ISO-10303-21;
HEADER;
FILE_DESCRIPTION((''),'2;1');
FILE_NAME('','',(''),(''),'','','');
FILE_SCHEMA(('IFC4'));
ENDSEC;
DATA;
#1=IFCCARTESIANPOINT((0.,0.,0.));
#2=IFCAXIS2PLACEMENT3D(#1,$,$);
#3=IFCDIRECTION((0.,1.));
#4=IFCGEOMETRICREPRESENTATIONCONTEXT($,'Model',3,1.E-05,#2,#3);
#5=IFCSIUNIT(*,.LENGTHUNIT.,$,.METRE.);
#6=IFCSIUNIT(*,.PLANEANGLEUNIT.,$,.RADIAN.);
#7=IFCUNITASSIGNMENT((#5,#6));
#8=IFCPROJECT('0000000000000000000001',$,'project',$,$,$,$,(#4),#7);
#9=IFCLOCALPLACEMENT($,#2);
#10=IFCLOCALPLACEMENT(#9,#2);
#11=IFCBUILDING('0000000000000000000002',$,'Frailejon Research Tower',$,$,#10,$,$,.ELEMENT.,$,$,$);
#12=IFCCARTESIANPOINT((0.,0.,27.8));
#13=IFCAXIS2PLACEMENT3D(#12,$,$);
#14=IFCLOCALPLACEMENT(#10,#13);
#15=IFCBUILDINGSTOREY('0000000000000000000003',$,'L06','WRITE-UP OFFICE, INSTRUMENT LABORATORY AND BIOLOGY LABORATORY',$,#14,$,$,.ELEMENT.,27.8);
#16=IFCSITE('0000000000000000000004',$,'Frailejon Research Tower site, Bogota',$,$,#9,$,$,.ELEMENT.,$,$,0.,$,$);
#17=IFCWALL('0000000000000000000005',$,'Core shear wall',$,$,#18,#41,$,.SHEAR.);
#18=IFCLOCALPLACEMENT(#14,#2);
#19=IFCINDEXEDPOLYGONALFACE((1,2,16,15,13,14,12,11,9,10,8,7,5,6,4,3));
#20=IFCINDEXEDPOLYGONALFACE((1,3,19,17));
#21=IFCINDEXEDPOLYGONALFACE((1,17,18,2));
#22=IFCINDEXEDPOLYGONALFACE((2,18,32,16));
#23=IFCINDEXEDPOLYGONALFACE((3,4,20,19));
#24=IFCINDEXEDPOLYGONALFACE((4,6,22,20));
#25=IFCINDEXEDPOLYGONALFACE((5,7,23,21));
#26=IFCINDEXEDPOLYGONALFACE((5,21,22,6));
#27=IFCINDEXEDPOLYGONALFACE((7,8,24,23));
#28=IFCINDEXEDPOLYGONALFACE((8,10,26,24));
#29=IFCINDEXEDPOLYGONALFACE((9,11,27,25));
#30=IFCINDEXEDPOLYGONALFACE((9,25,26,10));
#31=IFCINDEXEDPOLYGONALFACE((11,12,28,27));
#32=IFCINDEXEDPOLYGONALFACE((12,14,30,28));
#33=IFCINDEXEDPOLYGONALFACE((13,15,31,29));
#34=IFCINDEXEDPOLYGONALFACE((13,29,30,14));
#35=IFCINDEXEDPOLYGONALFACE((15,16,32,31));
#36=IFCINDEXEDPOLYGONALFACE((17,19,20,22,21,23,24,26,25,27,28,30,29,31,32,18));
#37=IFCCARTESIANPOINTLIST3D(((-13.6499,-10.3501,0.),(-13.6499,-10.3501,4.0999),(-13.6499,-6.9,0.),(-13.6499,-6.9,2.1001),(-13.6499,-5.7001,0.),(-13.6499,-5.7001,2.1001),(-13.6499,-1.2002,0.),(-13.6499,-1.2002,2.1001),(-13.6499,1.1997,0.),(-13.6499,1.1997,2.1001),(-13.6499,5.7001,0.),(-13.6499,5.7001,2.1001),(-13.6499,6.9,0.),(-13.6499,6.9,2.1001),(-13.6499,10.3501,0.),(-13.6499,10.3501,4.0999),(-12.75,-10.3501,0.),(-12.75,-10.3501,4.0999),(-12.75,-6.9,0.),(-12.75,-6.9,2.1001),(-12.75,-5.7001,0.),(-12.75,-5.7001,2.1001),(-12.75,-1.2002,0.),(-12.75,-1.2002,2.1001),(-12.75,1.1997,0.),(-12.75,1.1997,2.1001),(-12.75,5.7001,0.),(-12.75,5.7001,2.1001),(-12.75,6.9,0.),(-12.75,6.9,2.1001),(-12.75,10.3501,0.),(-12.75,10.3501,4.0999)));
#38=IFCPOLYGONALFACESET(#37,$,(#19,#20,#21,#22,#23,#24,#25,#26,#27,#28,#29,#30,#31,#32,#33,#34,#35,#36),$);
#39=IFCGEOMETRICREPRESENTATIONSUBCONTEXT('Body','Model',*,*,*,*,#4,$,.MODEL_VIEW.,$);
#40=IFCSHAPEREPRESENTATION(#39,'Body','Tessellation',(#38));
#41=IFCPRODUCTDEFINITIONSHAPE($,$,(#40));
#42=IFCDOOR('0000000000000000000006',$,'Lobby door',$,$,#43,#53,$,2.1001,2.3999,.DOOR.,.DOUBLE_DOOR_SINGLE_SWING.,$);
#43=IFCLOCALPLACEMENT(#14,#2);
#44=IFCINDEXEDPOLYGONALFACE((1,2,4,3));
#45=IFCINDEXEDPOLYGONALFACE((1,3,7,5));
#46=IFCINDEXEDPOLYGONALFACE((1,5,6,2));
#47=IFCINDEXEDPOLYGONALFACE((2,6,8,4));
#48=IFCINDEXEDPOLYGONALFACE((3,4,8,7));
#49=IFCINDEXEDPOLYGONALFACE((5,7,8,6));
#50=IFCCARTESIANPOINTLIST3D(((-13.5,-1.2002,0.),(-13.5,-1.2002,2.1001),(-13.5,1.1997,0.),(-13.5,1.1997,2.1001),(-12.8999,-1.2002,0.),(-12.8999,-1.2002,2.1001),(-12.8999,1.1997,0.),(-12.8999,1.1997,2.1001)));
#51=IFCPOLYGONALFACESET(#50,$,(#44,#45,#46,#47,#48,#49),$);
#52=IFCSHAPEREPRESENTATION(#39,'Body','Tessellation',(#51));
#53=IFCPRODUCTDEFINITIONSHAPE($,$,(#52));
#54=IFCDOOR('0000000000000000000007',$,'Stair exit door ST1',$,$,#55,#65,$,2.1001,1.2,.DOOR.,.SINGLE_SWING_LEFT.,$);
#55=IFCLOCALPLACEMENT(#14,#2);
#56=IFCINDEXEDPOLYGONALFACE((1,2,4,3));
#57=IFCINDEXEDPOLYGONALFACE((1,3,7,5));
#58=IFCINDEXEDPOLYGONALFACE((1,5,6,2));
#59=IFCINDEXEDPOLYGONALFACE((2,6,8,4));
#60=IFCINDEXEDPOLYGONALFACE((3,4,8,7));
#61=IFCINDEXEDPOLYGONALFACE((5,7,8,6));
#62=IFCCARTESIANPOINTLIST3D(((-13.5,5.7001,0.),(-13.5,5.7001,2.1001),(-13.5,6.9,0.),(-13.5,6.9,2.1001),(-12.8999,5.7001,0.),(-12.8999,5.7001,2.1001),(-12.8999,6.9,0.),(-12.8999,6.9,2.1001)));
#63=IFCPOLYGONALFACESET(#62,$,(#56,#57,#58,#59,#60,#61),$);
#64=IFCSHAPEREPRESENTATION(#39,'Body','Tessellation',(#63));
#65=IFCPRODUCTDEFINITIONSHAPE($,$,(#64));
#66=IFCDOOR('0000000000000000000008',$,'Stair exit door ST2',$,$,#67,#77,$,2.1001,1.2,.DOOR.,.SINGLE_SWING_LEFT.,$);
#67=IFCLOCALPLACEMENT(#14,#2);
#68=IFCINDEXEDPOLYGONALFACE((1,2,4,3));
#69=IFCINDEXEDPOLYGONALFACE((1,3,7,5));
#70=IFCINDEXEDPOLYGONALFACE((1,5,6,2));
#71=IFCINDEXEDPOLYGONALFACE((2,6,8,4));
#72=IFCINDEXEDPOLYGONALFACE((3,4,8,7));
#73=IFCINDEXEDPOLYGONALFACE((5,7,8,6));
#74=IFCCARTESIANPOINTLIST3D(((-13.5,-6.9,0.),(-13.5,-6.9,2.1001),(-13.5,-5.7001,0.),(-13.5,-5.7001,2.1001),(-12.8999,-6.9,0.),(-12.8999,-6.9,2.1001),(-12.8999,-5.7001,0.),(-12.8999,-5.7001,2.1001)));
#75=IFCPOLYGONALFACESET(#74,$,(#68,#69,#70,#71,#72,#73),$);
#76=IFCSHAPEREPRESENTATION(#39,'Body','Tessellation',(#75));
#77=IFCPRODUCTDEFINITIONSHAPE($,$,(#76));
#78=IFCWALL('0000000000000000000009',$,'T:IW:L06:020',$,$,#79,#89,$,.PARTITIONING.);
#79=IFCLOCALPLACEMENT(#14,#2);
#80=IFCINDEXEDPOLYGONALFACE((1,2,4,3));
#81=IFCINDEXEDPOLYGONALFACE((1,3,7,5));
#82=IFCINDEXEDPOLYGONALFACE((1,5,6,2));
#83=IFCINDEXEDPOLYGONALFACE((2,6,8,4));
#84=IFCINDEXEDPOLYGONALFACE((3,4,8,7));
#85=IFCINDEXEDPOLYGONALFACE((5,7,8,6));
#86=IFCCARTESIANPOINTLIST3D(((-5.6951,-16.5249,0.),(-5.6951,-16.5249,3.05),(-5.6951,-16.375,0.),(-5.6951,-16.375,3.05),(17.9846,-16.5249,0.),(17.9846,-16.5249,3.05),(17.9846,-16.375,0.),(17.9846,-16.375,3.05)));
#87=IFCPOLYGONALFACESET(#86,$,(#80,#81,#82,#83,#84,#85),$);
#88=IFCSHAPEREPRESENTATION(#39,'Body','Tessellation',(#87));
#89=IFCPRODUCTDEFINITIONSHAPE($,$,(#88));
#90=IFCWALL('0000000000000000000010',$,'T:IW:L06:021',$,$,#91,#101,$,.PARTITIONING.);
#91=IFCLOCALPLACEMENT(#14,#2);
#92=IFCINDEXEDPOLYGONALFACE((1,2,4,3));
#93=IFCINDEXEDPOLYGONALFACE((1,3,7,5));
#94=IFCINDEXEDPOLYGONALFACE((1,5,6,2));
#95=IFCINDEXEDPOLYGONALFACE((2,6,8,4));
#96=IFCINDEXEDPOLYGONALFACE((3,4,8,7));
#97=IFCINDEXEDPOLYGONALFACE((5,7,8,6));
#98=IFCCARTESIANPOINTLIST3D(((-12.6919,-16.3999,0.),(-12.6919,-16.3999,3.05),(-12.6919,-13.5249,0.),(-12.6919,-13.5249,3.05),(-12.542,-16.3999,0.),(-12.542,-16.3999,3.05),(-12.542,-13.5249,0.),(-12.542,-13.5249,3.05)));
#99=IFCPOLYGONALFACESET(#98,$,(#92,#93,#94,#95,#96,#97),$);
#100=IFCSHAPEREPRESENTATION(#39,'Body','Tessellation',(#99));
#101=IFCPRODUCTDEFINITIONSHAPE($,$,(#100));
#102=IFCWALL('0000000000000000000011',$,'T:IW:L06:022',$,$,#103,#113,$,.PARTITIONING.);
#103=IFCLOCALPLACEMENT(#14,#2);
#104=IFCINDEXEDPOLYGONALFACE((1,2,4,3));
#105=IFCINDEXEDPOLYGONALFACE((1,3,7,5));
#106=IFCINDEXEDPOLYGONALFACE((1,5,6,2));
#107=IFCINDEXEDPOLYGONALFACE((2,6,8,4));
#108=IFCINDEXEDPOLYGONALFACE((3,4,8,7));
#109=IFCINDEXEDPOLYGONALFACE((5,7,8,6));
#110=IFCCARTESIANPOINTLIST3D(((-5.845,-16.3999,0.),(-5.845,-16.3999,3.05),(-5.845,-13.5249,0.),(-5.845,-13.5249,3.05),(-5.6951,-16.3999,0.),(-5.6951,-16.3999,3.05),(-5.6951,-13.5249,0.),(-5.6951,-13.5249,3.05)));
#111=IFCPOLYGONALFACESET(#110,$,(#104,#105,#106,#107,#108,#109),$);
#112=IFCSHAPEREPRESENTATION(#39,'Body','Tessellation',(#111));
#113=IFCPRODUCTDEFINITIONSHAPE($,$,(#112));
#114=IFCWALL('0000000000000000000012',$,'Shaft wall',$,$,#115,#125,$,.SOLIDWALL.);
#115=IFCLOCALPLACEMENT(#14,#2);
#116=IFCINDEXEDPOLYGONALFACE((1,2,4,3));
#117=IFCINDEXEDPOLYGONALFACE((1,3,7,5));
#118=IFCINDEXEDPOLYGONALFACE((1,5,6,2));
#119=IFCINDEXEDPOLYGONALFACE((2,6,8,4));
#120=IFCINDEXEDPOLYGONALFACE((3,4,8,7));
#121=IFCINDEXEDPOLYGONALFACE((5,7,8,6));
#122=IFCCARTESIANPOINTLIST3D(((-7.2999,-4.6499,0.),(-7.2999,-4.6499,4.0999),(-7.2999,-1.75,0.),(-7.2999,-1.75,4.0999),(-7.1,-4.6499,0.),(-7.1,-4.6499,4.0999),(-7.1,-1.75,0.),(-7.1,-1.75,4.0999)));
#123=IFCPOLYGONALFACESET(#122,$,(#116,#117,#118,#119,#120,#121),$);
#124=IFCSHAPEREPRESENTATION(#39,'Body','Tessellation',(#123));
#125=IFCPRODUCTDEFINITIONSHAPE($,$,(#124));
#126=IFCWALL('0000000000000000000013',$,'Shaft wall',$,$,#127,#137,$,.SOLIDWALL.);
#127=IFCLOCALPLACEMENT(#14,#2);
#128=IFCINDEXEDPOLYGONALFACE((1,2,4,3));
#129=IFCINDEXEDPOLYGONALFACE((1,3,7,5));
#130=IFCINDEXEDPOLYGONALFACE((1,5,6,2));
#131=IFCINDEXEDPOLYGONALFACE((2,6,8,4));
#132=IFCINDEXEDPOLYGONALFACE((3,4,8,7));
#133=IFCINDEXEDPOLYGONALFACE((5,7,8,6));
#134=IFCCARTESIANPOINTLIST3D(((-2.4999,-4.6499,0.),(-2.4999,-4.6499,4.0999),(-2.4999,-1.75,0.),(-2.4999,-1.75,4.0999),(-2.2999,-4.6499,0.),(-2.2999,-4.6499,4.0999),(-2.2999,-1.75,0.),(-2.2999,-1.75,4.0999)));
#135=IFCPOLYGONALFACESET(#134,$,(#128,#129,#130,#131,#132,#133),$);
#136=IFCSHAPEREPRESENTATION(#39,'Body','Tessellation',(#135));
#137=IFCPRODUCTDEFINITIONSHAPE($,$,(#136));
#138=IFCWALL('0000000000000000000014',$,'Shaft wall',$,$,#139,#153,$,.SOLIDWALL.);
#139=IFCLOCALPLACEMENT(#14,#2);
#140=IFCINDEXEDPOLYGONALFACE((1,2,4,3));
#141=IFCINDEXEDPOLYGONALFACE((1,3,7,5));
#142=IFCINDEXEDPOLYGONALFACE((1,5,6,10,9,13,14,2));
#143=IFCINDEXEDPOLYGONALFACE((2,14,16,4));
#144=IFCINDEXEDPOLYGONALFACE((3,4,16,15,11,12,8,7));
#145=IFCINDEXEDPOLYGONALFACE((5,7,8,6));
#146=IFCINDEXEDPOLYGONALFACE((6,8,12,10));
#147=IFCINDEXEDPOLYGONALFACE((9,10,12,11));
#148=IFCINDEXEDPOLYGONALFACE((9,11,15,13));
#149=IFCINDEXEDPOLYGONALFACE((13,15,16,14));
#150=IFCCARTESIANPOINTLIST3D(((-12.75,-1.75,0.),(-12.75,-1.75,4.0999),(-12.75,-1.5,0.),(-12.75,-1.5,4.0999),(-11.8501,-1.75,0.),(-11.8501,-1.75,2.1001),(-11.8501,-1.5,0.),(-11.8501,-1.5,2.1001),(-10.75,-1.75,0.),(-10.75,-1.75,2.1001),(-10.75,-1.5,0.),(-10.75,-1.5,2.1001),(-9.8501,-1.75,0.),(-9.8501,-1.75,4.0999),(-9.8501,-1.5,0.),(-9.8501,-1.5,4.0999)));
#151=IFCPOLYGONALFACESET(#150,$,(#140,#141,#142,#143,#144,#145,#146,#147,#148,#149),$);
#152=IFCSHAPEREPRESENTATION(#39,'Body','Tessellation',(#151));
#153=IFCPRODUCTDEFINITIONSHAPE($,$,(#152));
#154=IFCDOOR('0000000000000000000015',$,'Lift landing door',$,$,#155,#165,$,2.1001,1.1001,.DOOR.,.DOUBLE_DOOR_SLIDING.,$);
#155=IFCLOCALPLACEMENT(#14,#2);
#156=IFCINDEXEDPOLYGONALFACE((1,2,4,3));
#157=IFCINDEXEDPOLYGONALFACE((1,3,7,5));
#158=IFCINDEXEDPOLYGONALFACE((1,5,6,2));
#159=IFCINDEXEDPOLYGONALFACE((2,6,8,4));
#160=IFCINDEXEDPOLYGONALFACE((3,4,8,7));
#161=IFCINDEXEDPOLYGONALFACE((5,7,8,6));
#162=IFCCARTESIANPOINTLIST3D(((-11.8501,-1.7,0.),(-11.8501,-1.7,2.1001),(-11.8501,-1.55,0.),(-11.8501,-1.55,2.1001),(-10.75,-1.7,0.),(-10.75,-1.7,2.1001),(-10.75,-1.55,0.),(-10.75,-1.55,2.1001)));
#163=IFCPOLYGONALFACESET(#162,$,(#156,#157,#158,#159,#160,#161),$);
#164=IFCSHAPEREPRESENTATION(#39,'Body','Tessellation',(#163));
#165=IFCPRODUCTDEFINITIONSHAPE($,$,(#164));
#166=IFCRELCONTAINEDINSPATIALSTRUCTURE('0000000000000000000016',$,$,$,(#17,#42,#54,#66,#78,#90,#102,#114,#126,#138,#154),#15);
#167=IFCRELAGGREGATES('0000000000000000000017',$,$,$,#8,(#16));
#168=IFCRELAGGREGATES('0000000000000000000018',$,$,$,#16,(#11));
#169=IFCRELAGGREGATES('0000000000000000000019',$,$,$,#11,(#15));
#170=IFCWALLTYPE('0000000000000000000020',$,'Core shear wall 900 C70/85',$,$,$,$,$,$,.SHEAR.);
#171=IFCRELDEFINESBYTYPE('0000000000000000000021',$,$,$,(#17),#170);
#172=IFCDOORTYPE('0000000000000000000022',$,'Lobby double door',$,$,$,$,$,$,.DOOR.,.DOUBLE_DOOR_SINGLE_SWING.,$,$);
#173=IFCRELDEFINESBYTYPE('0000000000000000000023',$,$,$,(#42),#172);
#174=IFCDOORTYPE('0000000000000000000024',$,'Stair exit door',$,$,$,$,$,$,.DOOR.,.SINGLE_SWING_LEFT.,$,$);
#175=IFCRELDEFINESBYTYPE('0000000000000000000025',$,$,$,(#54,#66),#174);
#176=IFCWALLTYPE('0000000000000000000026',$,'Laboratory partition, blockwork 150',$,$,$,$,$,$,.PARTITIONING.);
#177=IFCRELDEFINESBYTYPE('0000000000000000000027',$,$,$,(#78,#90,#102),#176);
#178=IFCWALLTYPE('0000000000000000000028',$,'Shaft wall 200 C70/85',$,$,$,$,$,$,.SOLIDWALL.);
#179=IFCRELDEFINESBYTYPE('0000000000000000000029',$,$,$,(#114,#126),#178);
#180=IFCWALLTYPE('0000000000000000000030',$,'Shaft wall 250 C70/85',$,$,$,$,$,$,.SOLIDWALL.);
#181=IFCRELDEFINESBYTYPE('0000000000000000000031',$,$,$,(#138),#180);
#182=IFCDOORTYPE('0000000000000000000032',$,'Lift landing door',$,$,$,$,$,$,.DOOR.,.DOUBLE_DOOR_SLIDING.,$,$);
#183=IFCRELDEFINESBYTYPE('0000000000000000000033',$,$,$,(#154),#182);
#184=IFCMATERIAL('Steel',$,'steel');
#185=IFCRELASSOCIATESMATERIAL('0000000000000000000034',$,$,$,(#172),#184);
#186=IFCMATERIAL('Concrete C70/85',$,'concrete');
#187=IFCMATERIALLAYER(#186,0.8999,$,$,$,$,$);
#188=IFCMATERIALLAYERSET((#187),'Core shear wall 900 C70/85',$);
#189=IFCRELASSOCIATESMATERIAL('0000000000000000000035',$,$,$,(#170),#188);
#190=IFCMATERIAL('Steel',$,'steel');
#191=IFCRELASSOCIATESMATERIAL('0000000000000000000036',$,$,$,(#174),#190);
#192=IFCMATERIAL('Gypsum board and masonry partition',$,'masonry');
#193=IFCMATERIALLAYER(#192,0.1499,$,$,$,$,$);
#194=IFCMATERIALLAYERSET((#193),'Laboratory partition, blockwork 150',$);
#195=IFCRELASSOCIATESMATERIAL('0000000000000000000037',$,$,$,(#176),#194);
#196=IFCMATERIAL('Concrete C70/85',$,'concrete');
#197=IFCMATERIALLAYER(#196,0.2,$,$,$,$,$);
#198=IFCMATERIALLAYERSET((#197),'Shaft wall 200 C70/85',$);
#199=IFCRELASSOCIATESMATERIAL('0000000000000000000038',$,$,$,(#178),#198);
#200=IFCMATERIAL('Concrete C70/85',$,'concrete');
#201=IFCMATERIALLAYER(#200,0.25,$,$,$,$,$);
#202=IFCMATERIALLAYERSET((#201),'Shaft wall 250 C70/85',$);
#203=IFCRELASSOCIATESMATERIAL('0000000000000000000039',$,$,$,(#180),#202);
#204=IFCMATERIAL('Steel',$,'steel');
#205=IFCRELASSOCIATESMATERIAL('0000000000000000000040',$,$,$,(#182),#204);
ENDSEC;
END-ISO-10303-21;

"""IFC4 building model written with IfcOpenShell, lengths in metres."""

from ifc_helpers import new_model, si_unit, direction, frame, frame_2d, origin, place, context, subcontext, project, spatial, rectangle, extrude, material, layer, layer_set, type_object, element, fill, save


model = new_model("IFC4")

# Units and contexts
model_context = context("Model", 3, precision=1e-05, world=origin(), true_north=direction((0.0, 1.0)))
body_context = subcontext(model_context, "Body", "Model", "MODEL_VIEW")
ifc_project = project(units=[si_unit("LENGTHUNIT", "METRE"), si_unit("PLANEANGLEUNIT", "RADIAN")], contexts=[model_context])

# Site, building, storey
site_placement = place(None, origin())
site = spatial("IfcSite", under=ifc_project, at=site_placement, Name="Frailejon Research Tower site, Bogota", CompositionType="ELEMENT", RefElevation=0.0)
building_placement = place(site_placement, origin())
building = spatial("IfcBuilding", under=site, at=building_placement, Name="Frailejon Research Tower", CompositionType="ELEMENT")
storey_placement = place(building_placement, frame((0.0, 0.0, 27.8)))
storey = spatial("IfcBuildingStorey", under=building, at=storey_placement, Name="L06", Description="WRITE-UP OFFICE, INSTRUMENT LABORATORY AND BIOLOGY LABORATORY", CompositionType="ELEMENT", Elevation=27.8)

# Shared definitions
ifc_material_1 = material(Name="Steel", Category="steel")
door_type_1 = type_object("IfcDoorType", Name="Lobby double door", OperationType="DOUBLE_DOOR_SINGLE_SWING", PredefinedType="DOOR", material=ifc_material_1)

# Wall, openings, doors
ifc_material_2 = material(Name="Concrete C70/85", Category="concrete")
ifc_layer_1 = layer(ifc_material_2, 0.8999)
ifc_layer_set_1 = layer_set([ifc_layer_1], Name="Core shear wall 900 C70/85")
wall_type_1 = type_object("IfcWallType", Name="Core shear wall 900 C70/85", PredefinedType="SHEAR", material=ifc_layer_set_1)
wall_1_placement = place(storey_placement, frame((-13.2, -10.3501, 0.0), z_axis=(0.0, 0.0, 1.0), x_axis=(0.0, 1.0, 0.0)))
wall_1 = element("IfcWall", 1, at=wall_1_placement, inside=storey, type_object=wall_type_1, Name="Core shear wall", PredefinedType="SHEAR", context=body_context, shape_type="SweptSolid", body=[
    extrude(rectangle(XDim=20.7002, YDim=0.8999, at=frame_2d((10.3501, 0.0))), origin(), (0.0, 0.0, 1.0), 4.0999),
])
opening_1_placement = place(wall_1_placement, frame((9.1499, 0.0, 0.0)))
opening_1 = element("IfcOpeningElement", 2, at=opening_1_placement, cuts=wall_1, PredefinedType="OPENING", context=body_context, shape_type="SweptSolid", body=[
    extrude(rectangle(XDim=2.3999, YDim=2.1001, at=frame_2d((1.2, 1.05))), frame((0.0, 0.46, 0.0), z_axis=(0.0, -1.0, 0.0), x_axis=(1.0, 0.0, 0.0)), (0.0, 0.0, 1.0), 0.9199),
])
opening_2_placement = place(wall_1_placement, frame((16.05, 0.0, 0.0)))
opening_2 = element("IfcOpeningElement", 3, at=opening_2_placement, cuts=wall_1, PredefinedType="OPENING", context=body_context, shape_type="SweptSolid", body=[
    extrude(rectangle(XDim=1.2, YDim=2.1001, at=frame_2d((0.6001, 1.05))), frame((0.0, 0.46, 0.0), z_axis=(0.0, -1.0, 0.0), x_axis=(1.0, 0.0, 0.0)), (0.0, 0.0, 1.0), 0.9199),
])
opening_3_placement = place(wall_1_placement, frame((3.45, 0.0, 0.0)))
opening_3 = element("IfcOpeningElement", 4, at=opening_3_placement, cuts=wall_1, PredefinedType="OPENING", context=body_context, shape_type="SweptSolid", body=[
    extrude(rectangle(XDim=1.2, YDim=2.1001, at=frame_2d((0.6001, 1.05))), frame((0.0, 0.46, 0.0), z_axis=(0.0, -1.0, 0.0), x_axis=(1.0, 0.0, 0.0)), (0.0, 0.0, 1.0), 0.9199),
])
door_1_placement = place(opening_1_placement, origin())
door_1 = element("IfcDoor", 5, at=door_1_placement, inside=storey, type_object=door_type_1, Name="Lobby door", OperationType="DOUBLE_DOOR_SINGLE_SWING", OverallHeight=2.1001, OverallWidth=2.3999, PredefinedType="DOOR", context=body_context, shape_type="SweptSolid", body=[
    extrude(rectangle(XDim=2.3999, YDim=2.1001, at=frame_2d((1.2, 1.05))), frame((0.0, 0.3, 0.0), z_axis=(0.0, -1.0, 0.0), x_axis=(1.0, 0.0, 0.0)), (0.0, 0.0, 1.0), 0.6001),
])
fill(opening_1, door_1)
ifc_material_3 = material(Name="Steel", Category="steel")
door_type_2 = type_object("IfcDoorType", Name="Stair exit door", OperationType="SINGLE_SWING_LEFT", PredefinedType="DOOR", material=ifc_material_3)
door_2_placement = place(opening_2_placement, origin())
door_2 = element("IfcDoor", 6, at=door_2_placement, inside=storey, type_object=door_type_2, Name="Stair exit door ST1", OperationType="SINGLE_SWING_LEFT", OverallHeight=2.1001, OverallWidth=1.2, PredefinedType="DOOR", context=body_context, shape_type="SweptSolid", body=[
    extrude(rectangle(XDim=1.2, YDim=2.1001, at=frame_2d((0.6001, 1.05))), frame((0.0, 0.3, 0.0), z_axis=(0.0, -1.0, 0.0), x_axis=(1.0, 0.0, 0.0)), (0.0, 0.0, 1.0), 0.6001),
])
fill(opening_2, door_2)
door_3_placement = place(opening_3_placement, origin())
door_3 = element("IfcDoor", 7, at=door_3_placement, inside=storey, type_object=door_type_2, Name="Stair exit door ST2", OperationType="SINGLE_SWING_LEFT", OverallHeight=2.1001, OverallWidth=1.2, PredefinedType="DOOR", context=body_context, shape_type="SweptSolid", body=[
    extrude(rectangle(XDim=1.2, YDim=2.1001, at=frame_2d((0.6001, 1.05))), frame((0.0, 0.3, 0.0), z_axis=(0.0, -1.0, 0.0), x_axis=(1.0, 0.0, 0.0)), (0.0, 0.0, 1.0), 0.6001),
])
fill(opening_3, door_3)

# Walls
ifc_material_4 = material(Name="Gypsum board and masonry partition", Category="masonry")
ifc_layer_2 = layer(ifc_material_4, 0.1499)
ifc_layer_set_2 = layer_set([ifc_layer_2], Name="Laboratory partition, blockwork 150")
wall_type_2 = type_object("IfcWallType", Name="Laboratory partition, blockwork 150", PredefinedType="PARTITIONING", material=ifc_layer_set_2)
wall_2_placement = place(storey_placement, frame((-5.6951, -16.45, 0.0), z_axis=(0.0, 0.0, 1.0), x_axis=(1.0, 0.0, 0.0)))
element("IfcWall", 8, at=wall_2_placement, inside=storey, type_object=wall_type_2, Name="T:IW:L06:020", PredefinedType="PARTITIONING", context=body_context, shape_type="SweptSolid", body=[
    extrude(rectangle(XDim=23.6797, YDim=0.1499, at=frame_2d((11.8398, 0.0))), origin(), (0.0, 0.0, 1.0), 3.05),
])
for number, where, z_axis, x_axis, name in (
    (9, (-12.6169, -16.3999, 0.0), (0.0, 0.0, 1.0), (0.0, 1.0, 0.0), "T:IW:L06:021"),
    (10, (-5.77, -16.3999, 0.0), (0.0, 0.0, 1.0), (0.0, 1.0, 0.0), "T:IW:L06:022"),
):
    element("IfcWall", number, at=place(storey_placement, frame(where, z_axis=z_axis, x_axis=x_axis)), inside=storey, type_object=wall_type_2, Name=name, PredefinedType="PARTITIONING", context=body_context, shape_type="SweptSolid", body=[
        extrude(rectangle(XDim=2.875, YDim=0.1499, at=frame_2d((1.4375, 0.0))), origin(), (0.0, 0.0, 1.0), 3.05),
    ])
ifc_material_5 = material(Name="Concrete C70/85", Category="concrete")
ifc_layer_3 = layer(ifc_material_5, 0.2)
ifc_layer_set_3 = layer_set([ifc_layer_3], Name="Shaft wall 200 C70/85")
wall_type_3 = type_object("IfcWallType", Name="Shaft wall 200 C70/85", PredefinedType="SOLIDWALL", material=ifc_layer_set_3)
for number, where, z_axis, x_axis, name in (
    (11, (-7.2, -4.6499, 0.0), (0.0, 0.0, 1.0), (0.0, 1.0, 0.0), "Shaft wall"),
    (12, (-2.3999, -4.6499, 0.0), (0.0, 0.0, 1.0), (0.0, 1.0, 0.0), "Shaft wall"),
):
    element("IfcWall", number, at=place(storey_placement, frame(where, z_axis=z_axis, x_axis=x_axis)), inside=storey, type_object=wall_type_3, Name=name, PredefinedType="SOLIDWALL", context=body_context, shape_type="SweptSolid", body=[
        extrude(rectangle(XDim=2.8999, YDim=0.2, at=frame_2d((1.45, 0.0))), origin(), (0.0, 0.0, 1.0), 4.0999),
    ])

# Wall, opening, door
ifc_material_6 = material(Name="Concrete C70/85", Category="concrete")
ifc_layer_4 = layer(ifc_material_6, 0.25)
ifc_layer_set_4 = layer_set([ifc_layer_4], Name="Shaft wall 250 C70/85")
wall_type_4 = type_object("IfcWallType", Name="Shaft wall 250 C70/85", PredefinedType="SOLIDWALL", material=ifc_layer_set_4)
wall_3_placement = place(storey_placement, frame((-12.75, -1.625, 0.0), z_axis=(0.0, 0.0, 1.0), x_axis=(1.0, 0.0, 0.0)))
wall_3 = element("IfcWall", 13, at=wall_3_placement, inside=storey, type_object=wall_type_4, Name="Shaft wall", PredefinedType="SOLIDWALL", context=body_context, shape_type="SweptSolid", body=[
    extrude(rectangle(XDim=2.8999, YDim=0.25, at=frame_2d((1.45, 0.0))), origin(), (0.0, 0.0, 1.0), 4.0999),
])
opening_4_placement = place(wall_3_placement, frame((0.8999, 0.0, 0.0)))
opening_4 = element("IfcOpeningElement", 14, at=opening_4_placement, cuts=wall_3, PredefinedType="OPENING", context=body_context, shape_type="SweptSolid", body=[
    extrude(rectangle(XDim=1.1001, YDim=2.1001, at=frame_2d((0.55, 1.05))), frame((0.0, 0.135, 0.0), z_axis=(0.0, -1.0, 0.0), x_axis=(1.0, 0.0, 0.0)), (0.0, 0.0, 1.0), 0.27),
])
ifc_material_7 = material(Name="Steel", Category="steel")
door_type_3 = type_object("IfcDoorType", Name="Lift landing door", OperationType="DOUBLE_DOOR_SLIDING", PredefinedType="DOOR", material=ifc_material_7)
door_4_placement = place(opening_4_placement, origin())
door_4 = element("IfcDoor", 15, at=door_4_placement, inside=storey, type_object=door_type_3, Name="Lift landing door", OperationType="DOUBLE_DOOR_SLIDING", OverallHeight=2.1001, OverallWidth=1.1001, PredefinedType="DOOR", context=body_context, shape_type="SweptSolid", body=[
    extrude(rectangle(XDim=1.1001, YDim=2.1001, at=frame_2d((0.55, 1.05))), frame((0.0, 0.075, 0.0), z_axis=(0.0, -1.0, 0.0), x_axis=(1.0, 0.0, 0.0)), (0.0, 0.0, 1.0), 0.1499),
])
fill(opening_4, door_4)

save(model, "model.ifc")
